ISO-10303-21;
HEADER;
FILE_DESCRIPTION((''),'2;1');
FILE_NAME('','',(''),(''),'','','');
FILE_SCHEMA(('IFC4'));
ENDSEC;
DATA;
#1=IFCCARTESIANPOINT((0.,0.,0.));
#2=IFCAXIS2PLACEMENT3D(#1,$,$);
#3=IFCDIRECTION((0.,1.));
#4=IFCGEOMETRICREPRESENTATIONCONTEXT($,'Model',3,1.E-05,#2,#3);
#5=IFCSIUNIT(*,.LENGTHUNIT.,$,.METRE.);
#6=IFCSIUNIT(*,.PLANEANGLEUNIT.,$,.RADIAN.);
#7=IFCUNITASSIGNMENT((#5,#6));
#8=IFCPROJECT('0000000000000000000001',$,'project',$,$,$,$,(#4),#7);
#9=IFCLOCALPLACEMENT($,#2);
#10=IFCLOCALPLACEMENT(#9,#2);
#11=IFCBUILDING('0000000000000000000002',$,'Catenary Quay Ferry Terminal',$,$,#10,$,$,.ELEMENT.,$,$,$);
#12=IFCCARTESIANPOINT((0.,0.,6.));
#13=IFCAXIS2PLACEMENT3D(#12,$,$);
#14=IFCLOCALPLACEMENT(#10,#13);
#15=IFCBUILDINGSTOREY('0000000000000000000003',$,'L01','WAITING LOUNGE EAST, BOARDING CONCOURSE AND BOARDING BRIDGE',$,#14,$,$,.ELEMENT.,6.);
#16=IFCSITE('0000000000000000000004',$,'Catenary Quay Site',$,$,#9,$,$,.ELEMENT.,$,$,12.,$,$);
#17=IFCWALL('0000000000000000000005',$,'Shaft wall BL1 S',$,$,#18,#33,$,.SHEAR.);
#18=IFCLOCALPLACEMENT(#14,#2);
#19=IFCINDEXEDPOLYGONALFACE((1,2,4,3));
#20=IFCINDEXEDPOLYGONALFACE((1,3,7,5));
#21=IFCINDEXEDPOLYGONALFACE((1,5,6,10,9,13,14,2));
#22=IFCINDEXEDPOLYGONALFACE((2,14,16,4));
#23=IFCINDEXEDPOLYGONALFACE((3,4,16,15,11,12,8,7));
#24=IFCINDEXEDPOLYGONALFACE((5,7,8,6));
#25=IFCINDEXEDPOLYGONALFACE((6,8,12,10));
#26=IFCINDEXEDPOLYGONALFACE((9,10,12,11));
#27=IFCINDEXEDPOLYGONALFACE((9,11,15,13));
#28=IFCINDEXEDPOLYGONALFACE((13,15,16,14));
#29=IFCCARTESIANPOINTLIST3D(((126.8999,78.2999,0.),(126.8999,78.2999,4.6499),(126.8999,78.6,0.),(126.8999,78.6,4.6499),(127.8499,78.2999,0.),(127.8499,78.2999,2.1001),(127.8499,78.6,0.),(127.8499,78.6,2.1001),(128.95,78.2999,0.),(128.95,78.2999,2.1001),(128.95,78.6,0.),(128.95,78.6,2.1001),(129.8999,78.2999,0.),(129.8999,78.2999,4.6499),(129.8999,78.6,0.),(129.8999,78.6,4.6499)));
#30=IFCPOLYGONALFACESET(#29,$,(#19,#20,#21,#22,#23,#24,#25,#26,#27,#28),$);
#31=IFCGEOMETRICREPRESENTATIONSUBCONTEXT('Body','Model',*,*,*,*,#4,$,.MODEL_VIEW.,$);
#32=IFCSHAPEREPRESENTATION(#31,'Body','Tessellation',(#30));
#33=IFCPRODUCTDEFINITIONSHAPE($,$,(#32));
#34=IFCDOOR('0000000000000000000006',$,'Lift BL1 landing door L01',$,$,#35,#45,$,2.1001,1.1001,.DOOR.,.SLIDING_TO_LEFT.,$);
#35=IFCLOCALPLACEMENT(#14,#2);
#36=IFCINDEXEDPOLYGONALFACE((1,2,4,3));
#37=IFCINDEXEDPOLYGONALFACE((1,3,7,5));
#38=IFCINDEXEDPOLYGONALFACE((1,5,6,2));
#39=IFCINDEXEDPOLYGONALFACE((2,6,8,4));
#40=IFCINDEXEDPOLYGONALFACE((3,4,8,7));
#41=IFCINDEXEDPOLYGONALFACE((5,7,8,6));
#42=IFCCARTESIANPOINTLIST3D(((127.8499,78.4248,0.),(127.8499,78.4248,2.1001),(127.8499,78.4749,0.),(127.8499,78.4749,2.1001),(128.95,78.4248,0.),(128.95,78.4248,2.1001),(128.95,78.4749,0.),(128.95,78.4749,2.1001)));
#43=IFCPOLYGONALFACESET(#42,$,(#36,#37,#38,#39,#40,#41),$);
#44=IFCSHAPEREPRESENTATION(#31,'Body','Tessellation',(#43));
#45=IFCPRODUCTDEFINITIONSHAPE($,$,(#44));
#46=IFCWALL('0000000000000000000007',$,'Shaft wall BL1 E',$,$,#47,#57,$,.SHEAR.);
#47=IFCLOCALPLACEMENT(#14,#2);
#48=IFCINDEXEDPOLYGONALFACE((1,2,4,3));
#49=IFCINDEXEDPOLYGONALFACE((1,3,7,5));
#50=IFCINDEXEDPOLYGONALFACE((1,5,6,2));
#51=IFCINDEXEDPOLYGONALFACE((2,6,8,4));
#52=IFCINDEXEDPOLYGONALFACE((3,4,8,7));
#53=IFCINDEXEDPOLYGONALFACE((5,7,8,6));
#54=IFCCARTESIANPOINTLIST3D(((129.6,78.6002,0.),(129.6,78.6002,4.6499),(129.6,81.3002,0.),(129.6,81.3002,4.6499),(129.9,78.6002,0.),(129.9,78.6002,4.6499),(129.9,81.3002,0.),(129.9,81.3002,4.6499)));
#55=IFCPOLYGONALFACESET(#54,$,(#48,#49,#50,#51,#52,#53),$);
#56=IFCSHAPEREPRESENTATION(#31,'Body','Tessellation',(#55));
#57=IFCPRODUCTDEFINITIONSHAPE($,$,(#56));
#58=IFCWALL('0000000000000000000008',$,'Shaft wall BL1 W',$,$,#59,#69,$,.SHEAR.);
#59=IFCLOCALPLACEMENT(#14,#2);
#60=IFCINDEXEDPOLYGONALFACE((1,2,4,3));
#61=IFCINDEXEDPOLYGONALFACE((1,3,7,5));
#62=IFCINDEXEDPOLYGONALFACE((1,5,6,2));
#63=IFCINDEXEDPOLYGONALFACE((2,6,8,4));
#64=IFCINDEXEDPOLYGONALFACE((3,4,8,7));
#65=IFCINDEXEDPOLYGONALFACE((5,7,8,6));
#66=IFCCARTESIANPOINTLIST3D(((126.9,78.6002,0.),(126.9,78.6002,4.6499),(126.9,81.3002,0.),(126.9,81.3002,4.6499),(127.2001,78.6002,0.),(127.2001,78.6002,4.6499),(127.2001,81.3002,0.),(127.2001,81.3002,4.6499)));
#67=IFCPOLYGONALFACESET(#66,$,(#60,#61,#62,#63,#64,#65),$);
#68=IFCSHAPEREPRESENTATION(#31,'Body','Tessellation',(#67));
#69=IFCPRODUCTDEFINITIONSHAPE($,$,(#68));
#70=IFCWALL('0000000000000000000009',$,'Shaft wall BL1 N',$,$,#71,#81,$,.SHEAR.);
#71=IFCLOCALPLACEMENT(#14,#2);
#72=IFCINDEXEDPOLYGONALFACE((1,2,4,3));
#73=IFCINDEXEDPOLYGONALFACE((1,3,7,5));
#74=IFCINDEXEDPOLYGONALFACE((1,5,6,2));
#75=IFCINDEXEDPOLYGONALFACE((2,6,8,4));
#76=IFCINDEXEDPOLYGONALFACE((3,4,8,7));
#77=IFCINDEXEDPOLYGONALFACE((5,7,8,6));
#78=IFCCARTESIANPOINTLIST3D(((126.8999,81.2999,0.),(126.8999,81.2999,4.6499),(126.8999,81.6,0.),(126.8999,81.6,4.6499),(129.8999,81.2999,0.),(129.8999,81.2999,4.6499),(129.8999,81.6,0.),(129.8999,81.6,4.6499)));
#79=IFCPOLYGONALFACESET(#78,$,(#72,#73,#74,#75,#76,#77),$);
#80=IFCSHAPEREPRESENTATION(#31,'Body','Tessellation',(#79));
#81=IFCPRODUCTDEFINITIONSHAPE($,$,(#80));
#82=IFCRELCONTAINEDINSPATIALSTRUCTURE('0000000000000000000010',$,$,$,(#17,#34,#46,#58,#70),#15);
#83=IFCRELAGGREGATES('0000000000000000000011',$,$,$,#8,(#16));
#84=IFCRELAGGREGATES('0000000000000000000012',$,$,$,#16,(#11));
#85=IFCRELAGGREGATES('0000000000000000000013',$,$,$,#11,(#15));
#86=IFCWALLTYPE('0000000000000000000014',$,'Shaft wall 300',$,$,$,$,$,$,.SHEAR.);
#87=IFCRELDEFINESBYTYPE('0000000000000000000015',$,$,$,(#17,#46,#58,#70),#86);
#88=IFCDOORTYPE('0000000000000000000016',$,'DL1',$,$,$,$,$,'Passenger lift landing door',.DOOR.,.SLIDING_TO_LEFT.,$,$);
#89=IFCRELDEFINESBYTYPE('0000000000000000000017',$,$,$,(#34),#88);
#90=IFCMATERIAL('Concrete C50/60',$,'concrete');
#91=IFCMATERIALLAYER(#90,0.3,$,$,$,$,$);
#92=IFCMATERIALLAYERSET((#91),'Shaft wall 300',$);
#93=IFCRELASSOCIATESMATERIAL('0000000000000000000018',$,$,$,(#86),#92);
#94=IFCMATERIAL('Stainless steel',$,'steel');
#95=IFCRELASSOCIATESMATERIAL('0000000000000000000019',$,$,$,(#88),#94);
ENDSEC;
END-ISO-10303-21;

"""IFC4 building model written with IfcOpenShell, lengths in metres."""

from ifc_helpers import new_model, si_unit, direction, frame, frame_2d, origin, place, context, subcontext, project, spatial, rectangle, extrude, material, layer, layer_set, type_object, element, fill, save


model = new_model("IFC4")

# Units and contexts
model_context = context("Model", 3, precision=1e-05, world=origin(), true_north=direction((0.0, 1.0)))
body_context = subcontext(model_context, "Body", "Model", "MODEL_VIEW")
ifc_project = project(units=[si_unit("LENGTHUNIT", "METRE"), si_unit("PLANEANGLEUNIT", "RADIAN")], contexts=[model_context])

# Site, building, storey
site_placement = place(None, origin())
site = spatial("IfcSite", under=ifc_project, at=site_placement, Name="Catenary Quay Site", CompositionType="ELEMENT", RefElevation=12.0)
building_placement = place(site_placement, origin())
building = spatial("IfcBuilding", under=site, at=building_placement, Name="Catenary Quay Ferry Terminal", CompositionType="ELEMENT")
storey_placement = place(building_placement, frame((0.0, 0.0, 6.0)))
storey = spatial("IfcBuildingStorey", under=building, at=storey_placement, Name="L01", Description="WAITING LOUNGE EAST, BOARDING CONCOURSE AND BOARDING BRIDGE", CompositionType="ELEMENT", Elevation=6.0)

# Wall, opening, door
ifc_material_1 = material(Name="Concrete C50/60", Category="concrete")
ifc_layer_1 = layer(ifc_material_1, 0.3)
ifc_layer_set_1 = layer_set([ifc_layer_1], Name="Shaft wall 300")
wall_type_1 = type_object("IfcWallType", Name="Shaft wall 300", PredefinedType="SHEAR", material=ifc_layer_set_1)
wall_1_placement = place(storey_placement, frame((126.8999, 78.45, 0.0), z_axis=(0.0, 0.0, 1.0), x_axis=(1.0, 0.0, 0.0)))
wall_1 = element("IfcWall", 1, at=wall_1_placement, inside=storey, type_object=wall_type_1, Name="Shaft wall BL1 S", PredefinedType="SHEAR", context=body_context, shape_type="SweptSolid", body=[
    extrude(rectangle(XDim=3.0, YDim=0.3, at=frame_2d((1.5, 0.0))), origin(), (0.0, 0.0, 1.0), 4.6499),
])
opening_placement = place(wall_1_placement, frame((0.95, 0.0, 0.0)))
opening = element("IfcOpeningElement", 2, at=opening_placement, cuts=wall_1, PredefinedType="OPENING", context=body_context, shape_type="SweptSolid", body=[
    extrude(rectangle(XDim=1.1001, YDim=2.1001, at=frame_2d((0.55, 1.05))), frame((0.0, 0.1599, 0.0), z_axis=(0.0, -1.0, 0.0), x_axis=(1.0, 0.0, 0.0)), (0.0, 0.0, 1.0), 0.3201),
])
ifc_material_2 = material(Name="Stainless steel", Category="steel")
door_type = type_object("IfcDoorType", Name="DL1", ElementType="Passenger lift landing door", OperationType="SLIDING_TO_LEFT", PredefinedType="DOOR", material=ifc_material_2)
door_placement = place(opening_placement, origin())
door = element("IfcDoor", 3, at=door_placement, inside=storey, type_object=door_type, Name="Lift BL1 landing door L01", OperationType="SLIDING_TO_LEFT", OverallHeight=2.1001, OverallWidth=1.1001, PredefinedType="DOOR", context=body_context, shape_type="SweptSolid", body=[
    extrude(rectangle(XDim=1.1001, YDim=2.1001, at=frame_2d((0.55, 1.05))), frame((0.0, 0.0249, 0.0), z_axis=(0.0, -1.0, 0.0), x_axis=(1.0, 0.0, 0.0)), (0.0, 0.0, 1.0), 0.05),
])
fill(opening, door)

# Walls
for number, where, z_axis, x_axis, name in (
    (4, (129.75, 78.6001, 0.0), (0.0, 0.0, 1.0), (0.0, 1.0, 0.0), "Shaft wall BL1 E"),
    (5, (127.05, 78.6001, 0.0), (0.0, 0.0, 1.0), (0.0, 1.0, 0.0), "Shaft wall BL1 W"),
):
    element("IfcWall", number, at=place(storey_placement, frame(where, z_axis=z_axis, x_axis=x_axis)), inside=storey, type_object=wall_type_1, Name=name, PredefinedType="SHEAR", context=body_context, shape_type="SweptSolid", body=[
        extrude(rectangle(XDim=2.7, YDim=0.3, at=frame_2d((1.3501, 0.0))), origin(), (0.0, 0.0, 1.0), 4.6499),
    ])
wall_2_placement = place(storey_placement, frame((126.8999, 81.45, 0.0), z_axis=(0.0, 0.0, 1.0), x_axis=(1.0, 0.0, 0.0)))
element("IfcWall", 6, at=wall_2_placement, inside=storey, type_object=wall_type_1, Name="Shaft wall BL1 N", PredefinedType="SHEAR", context=body_context, shape_type="SweptSolid", body=[
    extrude(rectangle(XDim=3.0, YDim=0.3, at=frame_2d((1.5, 0.0))), origin(), (0.0, 0.0, 1.0), 4.6499),
])

save(model, "model.ifc")
